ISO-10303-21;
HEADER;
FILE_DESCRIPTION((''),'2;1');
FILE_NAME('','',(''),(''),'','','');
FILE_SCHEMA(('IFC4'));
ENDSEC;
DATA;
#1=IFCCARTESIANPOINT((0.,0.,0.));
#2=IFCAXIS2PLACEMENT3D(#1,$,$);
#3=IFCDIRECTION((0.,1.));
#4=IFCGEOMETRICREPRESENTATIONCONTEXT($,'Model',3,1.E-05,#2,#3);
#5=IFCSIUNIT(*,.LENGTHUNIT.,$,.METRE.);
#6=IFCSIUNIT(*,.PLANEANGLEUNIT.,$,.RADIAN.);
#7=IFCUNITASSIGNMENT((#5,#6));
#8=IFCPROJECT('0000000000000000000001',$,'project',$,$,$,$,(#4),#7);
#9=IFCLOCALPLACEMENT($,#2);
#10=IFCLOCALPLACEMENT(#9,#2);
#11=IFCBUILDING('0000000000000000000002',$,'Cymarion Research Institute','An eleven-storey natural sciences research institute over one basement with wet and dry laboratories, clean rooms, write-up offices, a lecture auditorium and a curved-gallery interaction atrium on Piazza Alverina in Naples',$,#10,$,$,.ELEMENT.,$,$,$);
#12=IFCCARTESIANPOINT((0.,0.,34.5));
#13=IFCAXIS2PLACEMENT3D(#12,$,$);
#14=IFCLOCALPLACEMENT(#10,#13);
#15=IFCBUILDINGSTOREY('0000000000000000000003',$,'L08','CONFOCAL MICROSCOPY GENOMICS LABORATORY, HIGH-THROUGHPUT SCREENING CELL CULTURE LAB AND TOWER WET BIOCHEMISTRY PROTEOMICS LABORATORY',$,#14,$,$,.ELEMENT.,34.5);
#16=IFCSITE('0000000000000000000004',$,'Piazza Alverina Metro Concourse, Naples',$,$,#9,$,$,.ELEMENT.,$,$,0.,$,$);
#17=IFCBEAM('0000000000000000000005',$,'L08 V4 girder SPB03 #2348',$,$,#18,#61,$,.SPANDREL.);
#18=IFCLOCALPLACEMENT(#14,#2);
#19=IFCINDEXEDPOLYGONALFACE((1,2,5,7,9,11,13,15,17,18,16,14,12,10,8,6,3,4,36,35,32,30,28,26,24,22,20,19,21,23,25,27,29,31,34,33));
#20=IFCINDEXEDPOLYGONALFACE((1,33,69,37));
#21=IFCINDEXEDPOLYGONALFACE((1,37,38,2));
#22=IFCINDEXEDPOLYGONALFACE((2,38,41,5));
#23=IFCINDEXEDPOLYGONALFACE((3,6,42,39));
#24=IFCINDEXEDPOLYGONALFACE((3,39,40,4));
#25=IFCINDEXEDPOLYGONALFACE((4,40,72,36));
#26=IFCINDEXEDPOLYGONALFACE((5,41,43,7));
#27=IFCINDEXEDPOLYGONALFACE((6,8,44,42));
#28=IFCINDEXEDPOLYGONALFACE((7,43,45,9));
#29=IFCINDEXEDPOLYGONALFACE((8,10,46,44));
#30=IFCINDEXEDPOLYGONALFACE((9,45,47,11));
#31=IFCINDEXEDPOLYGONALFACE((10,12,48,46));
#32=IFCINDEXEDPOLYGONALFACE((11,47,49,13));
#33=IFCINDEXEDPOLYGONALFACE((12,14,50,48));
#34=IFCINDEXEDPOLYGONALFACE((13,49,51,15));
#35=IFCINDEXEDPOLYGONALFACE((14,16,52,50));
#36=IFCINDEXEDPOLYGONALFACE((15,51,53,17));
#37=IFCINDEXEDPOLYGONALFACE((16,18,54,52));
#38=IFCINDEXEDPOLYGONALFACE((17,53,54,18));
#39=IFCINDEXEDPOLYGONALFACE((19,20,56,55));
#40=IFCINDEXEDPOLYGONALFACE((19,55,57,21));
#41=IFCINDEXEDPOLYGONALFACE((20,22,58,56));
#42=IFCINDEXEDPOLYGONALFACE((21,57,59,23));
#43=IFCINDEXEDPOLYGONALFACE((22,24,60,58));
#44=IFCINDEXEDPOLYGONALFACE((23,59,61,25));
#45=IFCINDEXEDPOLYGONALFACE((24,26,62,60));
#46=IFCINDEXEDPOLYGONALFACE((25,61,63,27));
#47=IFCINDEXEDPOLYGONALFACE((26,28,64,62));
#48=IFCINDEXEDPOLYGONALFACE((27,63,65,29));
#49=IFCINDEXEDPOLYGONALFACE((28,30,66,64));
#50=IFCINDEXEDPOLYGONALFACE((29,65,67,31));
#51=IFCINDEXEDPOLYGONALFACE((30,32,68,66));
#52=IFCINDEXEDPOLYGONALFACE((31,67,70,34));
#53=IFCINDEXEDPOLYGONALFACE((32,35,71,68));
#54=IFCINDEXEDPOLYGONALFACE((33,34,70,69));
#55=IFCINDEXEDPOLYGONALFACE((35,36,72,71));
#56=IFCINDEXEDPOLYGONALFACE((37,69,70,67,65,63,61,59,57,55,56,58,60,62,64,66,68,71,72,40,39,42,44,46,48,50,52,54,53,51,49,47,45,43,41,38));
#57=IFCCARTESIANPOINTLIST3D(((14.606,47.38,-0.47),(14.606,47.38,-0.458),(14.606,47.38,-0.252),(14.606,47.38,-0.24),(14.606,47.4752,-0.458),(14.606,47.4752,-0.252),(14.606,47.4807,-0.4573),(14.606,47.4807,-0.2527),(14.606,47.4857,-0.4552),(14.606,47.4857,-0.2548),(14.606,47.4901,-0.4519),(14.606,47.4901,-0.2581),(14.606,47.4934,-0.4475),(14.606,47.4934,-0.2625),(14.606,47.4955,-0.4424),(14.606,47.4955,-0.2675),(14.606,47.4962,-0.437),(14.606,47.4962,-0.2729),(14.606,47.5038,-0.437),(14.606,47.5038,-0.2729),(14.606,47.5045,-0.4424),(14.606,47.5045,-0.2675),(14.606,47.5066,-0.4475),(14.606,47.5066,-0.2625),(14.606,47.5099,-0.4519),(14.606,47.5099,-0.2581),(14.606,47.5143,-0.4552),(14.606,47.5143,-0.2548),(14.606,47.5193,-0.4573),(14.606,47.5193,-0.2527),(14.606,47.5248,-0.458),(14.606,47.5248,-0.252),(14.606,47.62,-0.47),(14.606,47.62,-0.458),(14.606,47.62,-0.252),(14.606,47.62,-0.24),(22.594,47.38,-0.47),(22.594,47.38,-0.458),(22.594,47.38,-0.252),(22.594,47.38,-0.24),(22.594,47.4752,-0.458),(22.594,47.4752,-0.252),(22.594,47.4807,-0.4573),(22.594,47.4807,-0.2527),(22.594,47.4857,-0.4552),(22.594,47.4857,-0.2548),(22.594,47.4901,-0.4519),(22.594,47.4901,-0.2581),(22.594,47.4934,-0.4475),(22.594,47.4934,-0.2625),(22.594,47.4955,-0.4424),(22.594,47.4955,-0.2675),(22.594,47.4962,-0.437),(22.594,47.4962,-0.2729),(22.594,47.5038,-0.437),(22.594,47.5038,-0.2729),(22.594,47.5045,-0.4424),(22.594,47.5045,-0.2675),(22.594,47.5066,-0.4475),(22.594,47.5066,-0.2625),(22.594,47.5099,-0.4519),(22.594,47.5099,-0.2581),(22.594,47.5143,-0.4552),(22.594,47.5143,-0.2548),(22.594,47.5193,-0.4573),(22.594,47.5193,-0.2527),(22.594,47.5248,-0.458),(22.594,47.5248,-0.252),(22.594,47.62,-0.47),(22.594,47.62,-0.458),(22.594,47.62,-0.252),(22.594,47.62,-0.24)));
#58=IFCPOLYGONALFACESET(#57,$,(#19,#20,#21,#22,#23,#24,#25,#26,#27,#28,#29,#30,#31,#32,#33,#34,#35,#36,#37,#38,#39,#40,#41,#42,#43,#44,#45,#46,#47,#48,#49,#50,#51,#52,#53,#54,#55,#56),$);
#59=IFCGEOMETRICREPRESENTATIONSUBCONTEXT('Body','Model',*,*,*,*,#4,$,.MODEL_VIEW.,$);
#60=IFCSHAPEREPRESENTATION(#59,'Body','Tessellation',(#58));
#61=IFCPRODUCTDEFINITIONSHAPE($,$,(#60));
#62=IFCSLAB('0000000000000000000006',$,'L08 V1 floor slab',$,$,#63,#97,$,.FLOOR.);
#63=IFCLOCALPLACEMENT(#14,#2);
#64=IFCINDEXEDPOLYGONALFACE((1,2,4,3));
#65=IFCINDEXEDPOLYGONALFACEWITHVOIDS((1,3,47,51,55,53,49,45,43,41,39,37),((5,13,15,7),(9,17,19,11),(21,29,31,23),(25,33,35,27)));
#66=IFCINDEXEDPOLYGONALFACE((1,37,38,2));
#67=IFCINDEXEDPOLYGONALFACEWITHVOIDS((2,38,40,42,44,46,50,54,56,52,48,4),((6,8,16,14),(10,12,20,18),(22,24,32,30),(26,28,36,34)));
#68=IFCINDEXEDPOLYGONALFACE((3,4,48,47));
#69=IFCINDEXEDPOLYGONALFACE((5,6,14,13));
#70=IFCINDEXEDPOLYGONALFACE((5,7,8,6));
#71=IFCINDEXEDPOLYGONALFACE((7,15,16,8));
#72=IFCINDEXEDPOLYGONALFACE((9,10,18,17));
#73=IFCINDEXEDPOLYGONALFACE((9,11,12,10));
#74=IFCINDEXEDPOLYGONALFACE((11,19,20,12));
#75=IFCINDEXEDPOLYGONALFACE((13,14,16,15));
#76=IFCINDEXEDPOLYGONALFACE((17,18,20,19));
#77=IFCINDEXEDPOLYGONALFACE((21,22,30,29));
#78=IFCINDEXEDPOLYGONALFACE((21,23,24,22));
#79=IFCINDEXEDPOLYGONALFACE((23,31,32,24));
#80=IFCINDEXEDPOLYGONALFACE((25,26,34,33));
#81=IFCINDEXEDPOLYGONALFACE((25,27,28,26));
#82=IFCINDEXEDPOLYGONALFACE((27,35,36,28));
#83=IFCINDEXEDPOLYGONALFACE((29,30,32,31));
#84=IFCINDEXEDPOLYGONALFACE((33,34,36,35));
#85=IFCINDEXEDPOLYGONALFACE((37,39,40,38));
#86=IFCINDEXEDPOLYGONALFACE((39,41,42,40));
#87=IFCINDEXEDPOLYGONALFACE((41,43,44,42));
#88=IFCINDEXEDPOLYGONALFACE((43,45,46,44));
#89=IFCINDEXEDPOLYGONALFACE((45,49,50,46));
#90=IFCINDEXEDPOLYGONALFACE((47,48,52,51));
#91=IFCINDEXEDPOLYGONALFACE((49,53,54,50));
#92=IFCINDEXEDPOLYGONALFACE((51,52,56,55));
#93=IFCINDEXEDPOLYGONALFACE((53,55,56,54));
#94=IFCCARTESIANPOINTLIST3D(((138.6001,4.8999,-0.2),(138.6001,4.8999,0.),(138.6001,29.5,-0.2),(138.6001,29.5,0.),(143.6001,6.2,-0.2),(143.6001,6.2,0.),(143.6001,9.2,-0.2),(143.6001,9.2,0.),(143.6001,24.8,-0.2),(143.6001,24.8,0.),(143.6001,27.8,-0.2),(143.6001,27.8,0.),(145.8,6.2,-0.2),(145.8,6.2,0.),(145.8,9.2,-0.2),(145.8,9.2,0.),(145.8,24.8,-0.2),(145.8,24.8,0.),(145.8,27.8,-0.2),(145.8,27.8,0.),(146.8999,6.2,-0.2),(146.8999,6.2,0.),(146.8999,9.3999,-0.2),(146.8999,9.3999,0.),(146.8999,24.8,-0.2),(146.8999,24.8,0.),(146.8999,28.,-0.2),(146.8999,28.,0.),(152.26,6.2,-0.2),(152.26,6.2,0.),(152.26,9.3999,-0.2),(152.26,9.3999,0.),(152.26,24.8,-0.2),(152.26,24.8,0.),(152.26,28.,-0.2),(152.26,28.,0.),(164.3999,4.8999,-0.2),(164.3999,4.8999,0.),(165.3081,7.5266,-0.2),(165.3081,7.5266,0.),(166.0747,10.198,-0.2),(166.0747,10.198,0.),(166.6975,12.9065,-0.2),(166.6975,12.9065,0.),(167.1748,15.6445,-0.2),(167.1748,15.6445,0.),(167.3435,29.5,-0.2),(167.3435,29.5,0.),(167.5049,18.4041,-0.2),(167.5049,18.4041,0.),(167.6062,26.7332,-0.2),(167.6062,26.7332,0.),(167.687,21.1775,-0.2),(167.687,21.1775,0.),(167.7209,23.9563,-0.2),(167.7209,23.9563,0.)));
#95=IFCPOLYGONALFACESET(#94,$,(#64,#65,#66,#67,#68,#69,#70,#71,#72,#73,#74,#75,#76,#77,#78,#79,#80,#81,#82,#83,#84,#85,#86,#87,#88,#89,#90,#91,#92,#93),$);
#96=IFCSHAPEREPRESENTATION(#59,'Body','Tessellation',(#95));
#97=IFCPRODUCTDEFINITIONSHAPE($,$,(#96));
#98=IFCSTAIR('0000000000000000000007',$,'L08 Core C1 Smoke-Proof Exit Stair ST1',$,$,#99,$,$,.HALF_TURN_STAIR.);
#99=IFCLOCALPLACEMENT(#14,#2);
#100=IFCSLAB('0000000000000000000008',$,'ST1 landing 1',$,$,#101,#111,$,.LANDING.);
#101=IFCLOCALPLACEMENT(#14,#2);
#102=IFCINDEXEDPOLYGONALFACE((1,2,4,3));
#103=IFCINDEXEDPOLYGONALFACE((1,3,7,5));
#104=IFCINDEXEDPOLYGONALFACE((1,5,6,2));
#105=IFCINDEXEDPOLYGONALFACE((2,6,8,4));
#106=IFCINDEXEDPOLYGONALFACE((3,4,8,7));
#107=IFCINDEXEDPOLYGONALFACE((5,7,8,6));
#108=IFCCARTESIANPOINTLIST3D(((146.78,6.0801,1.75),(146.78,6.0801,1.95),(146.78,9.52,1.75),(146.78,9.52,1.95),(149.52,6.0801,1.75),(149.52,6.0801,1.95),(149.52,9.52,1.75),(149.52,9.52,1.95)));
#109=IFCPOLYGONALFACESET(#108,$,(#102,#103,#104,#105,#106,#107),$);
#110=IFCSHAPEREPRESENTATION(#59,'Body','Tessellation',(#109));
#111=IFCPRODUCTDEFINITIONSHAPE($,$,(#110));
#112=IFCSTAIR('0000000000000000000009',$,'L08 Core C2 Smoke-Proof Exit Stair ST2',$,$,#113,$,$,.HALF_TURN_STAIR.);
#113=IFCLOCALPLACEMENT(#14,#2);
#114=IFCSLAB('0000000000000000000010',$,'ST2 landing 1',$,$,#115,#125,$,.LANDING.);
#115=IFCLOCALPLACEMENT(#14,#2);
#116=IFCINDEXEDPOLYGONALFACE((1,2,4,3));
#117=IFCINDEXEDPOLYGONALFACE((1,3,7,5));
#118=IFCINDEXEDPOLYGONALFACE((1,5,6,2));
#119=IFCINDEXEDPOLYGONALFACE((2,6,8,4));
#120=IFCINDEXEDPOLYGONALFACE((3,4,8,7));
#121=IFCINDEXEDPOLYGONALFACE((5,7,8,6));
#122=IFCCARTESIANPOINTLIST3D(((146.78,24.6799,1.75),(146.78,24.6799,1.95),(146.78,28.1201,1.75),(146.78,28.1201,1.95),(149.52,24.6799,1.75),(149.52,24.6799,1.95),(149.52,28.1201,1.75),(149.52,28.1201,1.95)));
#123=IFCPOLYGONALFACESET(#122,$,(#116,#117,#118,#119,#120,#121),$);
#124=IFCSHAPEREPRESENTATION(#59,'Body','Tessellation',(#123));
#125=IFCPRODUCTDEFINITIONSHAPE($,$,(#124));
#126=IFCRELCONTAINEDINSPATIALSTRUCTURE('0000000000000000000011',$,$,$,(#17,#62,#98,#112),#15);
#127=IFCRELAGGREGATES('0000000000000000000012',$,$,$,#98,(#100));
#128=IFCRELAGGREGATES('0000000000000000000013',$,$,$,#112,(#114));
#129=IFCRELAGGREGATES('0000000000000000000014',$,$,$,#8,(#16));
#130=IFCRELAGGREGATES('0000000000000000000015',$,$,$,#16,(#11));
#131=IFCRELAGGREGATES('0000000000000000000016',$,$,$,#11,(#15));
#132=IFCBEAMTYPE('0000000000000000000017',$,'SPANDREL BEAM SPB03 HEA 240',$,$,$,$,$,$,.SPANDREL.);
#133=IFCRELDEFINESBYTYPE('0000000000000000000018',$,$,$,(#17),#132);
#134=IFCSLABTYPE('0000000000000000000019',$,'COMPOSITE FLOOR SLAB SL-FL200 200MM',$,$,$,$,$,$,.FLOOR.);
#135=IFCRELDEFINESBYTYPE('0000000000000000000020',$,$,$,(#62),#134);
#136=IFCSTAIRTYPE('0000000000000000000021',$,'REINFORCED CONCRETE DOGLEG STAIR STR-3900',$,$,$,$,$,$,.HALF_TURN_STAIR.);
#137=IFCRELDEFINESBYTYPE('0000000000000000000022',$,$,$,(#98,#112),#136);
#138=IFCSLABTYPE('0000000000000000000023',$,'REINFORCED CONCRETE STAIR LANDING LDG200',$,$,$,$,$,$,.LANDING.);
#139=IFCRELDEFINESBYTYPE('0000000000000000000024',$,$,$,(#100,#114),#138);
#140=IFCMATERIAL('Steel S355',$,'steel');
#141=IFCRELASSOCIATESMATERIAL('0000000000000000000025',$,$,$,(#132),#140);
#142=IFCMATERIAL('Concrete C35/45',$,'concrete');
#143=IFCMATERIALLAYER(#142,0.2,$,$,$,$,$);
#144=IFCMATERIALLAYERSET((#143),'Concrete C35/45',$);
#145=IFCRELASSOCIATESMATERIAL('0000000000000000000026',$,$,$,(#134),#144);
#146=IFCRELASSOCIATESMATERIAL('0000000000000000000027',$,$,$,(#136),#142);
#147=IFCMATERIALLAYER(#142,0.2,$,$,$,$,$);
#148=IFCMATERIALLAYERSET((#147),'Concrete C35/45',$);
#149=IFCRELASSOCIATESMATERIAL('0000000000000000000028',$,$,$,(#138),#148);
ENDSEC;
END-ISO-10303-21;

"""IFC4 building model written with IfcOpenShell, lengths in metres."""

from ifc_helpers import new_model, si_unit, direction, frame, origin, origin_2d, place, context, subcontext, project, spatial, polyline, i_section, outline, extrude, material, layer, layer_set, material_profile, profile_set, type_object, element, aggregate, save


model = new_model("IFC4")

# Units and contexts
model_context = context("Model", 3, precision=1e-05, world=origin(), true_north=direction((0.0, 1.0)))
body_context = subcontext(model_context, "Body", "Model", "MODEL_VIEW")
ifc_project = project(units=[si_unit("LENGTHUNIT", "METRE"), si_unit("PLANEANGLEUNIT", "RADIAN")], contexts=[model_context])

# Site, building, storey
site_placement = place(None, origin())
site = spatial("IfcSite", under=ifc_project, at=site_placement, Name="Piazza Alverina Metro Concourse, Naples", CompositionType="ELEMENT", RefElevation=0.0)
building_placement = place(site_placement, origin())
building = spatial("IfcBuilding", under=site, at=building_placement, Name="Cymarion Research Institute", Description="An eleven-storey natural sciences research institute over one basement with wet and dry laboratories, clean rooms, write-up offices, a lecture auditorium and a curved-gallery interaction atrium on Piazza Alverina in Naples", CompositionType="ELEMENT")
storey_placement = place(building_placement, frame((0.0, 0.0, 34.5)))
storey = spatial("IfcBuildingStorey", under=building, at=storey_placement, Name="L08", Description="CONFOCAL MICROSCOPY GENOMICS LABORATORY, HIGH-THROUGHPUT SCREENING CELL CULTURE LAB AND TOWER WET BIOCHEMISTRY PROTEOMICS LABORATORY", CompositionType="ELEMENT", Elevation=34.5)

# Beam
ifc_material_1 = material(Name="Steel S355", Category="steel")
ifc_material_profile_1 = material_profile(ifc_material_1, i_section(OverallWidth=0.24, OverallDepth=0.23, WebThickness=0.0076, FlangeThickness=0.012, FilletRadius=0.021, at=origin_2d()), Name="HEA 240")
ifc_profile_set_1 = profile_set([ifc_material_profile_1], Name="Steel S355")
beam_type_1 = type_object("IfcBeamType", Name="SPANDREL BEAM SPB03 HEA 240", PredefinedType="SPANDREL", material=ifc_profile_set_1)
beam_placement = place(storey_placement, frame((14.606, 47.5, -0.355), z_axis=(1.0, 0.0, 0.0), x_axis=(0.0, 1.0, 0.0)))
element("IfcBeam", 1, at=beam_placement, inside=storey, type_object=beam_type_1, Name="L08 V4 girder SPB03 #2348", PredefinedType="SPANDREL", context=body_context, shape_type="SweptSolid", body=[
    extrude(i_section(OverallWidth=0.24, OverallDepth=0.23, WebThickness=0.0076, FlangeThickness=0.012, FilletRadius=0.021, at=origin_2d()), origin(), (0.0, 0.0, 1.0), 7.988),
])

# Slab
ifc_material_2 = material(Name="Concrete C35/45", Category="concrete")
ifc_layer_1 = layer(ifc_material_2, 0.2)
ifc_layer_set_1 = layer_set([ifc_layer_1], Name="Concrete C35/45")
slab_type_1 = type_object("IfcSlabType", Name="COMPOSITE FLOOR SLAB SL-FL200 200MM", PredefinedType="FLOOR", material=ifc_layer_set_1)
slab_1_placement = place(storey_placement, frame((0.0, 0.0, -0.2)))
element("IfcSlab", 2, at=slab_1_placement, inside=storey, type_object=slab_type_1, Name="L08 V1 floor slab", PredefinedType="FLOOR", context=body_context, shape_type="SweptSolid", body=[
    extrude(outline(polyline([(138.6001, 4.8999), (164.3999, 4.8999), (165.3081, 7.5266), (166.0747, 10.198), (166.6975, 12.9065), (167.1748, 15.6445), (167.5049, 18.4041), (167.687, 21.1775), (167.7209, 23.9563), (167.6062, 26.7332), (167.3435, 29.5), (138.6001, 29.5), (138.6001, 4.8999)]), holes=[polyline([(152.26, 9.3999), (146.8999, 9.3999), (146.8999, 6.2), (152.26, 6.2), (152.26, 9.3999)]), polyline([(143.6001, 6.2), (145.8, 6.2), (145.8, 9.2), (143.6001, 9.2), (143.6001, 6.2)]), polyline([(152.26, 28.0), (146.8999, 28.0), (146.8999, 24.8), (152.26, 24.8), (152.26, 28.0)]), polyline([(143.6001, 24.8), (145.8, 24.8), (145.8, 27.8), (143.6001, 27.8), (143.6001, 24.8)])]), origin(), (0.0, 0.0, 1.0), 0.2),
])

# Stairs, slabs
stair_type = type_object("IfcStairType", Name="REINFORCED CONCRETE DOGLEG STAIR STR-3900", PredefinedType="HALF_TURN_STAIR", material=ifc_material_2)
stair_1_placement = place(storey_placement, origin())
stair_1 = element("IfcStair", 3, at=stair_1_placement, inside=storey, type_object=stair_type, Name="L08 Core C1 Smoke-Proof Exit Stair ST1", PredefinedType="HALF_TURN_STAIR")
ifc_layer_2 = layer(ifc_material_2, 0.2)
ifc_layer_set_2 = layer_set([ifc_layer_2], Name="Concrete C35/45")
slab_type_2 = type_object("IfcSlabType", Name="REINFORCED CONCRETE STAIR LANDING LDG200", PredefinedType="LANDING", material=ifc_layer_set_2)
slab_2_placement = place(storey_placement, frame((0.0, 0.0, 1.75)))
slab_2 = element("IfcSlab", 4, at=slab_2_placement, type_object=slab_type_2, Name="ST1 landing 1", PredefinedType="LANDING", context=body_context, shape_type="SweptSolid", body=[
    extrude(outline(polyline([(149.52, 9.52), (149.52, 6.0801), (146.78, 6.0801), (146.78, 9.52), (149.52, 9.52)])), origin(), (0.0, 0.0, 1.0), 0.2),
])
aggregate(stair_1, [slab_2])
stair_2_placement = place(storey_placement, origin())
stair_2 = element("IfcStair", 5, at=stair_2_placement, inside=storey, type_object=stair_type, Name="L08 Core C2 Smoke-Proof Exit Stair ST2", PredefinedType="HALF_TURN_STAIR")
slab_3_placement = place(storey_placement, frame((0.0, 0.0, 1.75)))
slab_3 = element("IfcSlab", 6, at=slab_3_placement, type_object=slab_type_2, Name="ST2 landing 1", PredefinedType="LANDING", context=body_context, shape_type="SweptSolid", body=[
    extrude(outline(polyline([(149.52, 28.1201), (149.52, 24.6799), (146.78, 24.6799), (146.78, 28.1201), (149.52, 28.1201)])), origin(), (0.0, 0.0, 1.0), 0.2),
])
aggregate(stair_2, [slab_3])

save(model, "model.ifc")
